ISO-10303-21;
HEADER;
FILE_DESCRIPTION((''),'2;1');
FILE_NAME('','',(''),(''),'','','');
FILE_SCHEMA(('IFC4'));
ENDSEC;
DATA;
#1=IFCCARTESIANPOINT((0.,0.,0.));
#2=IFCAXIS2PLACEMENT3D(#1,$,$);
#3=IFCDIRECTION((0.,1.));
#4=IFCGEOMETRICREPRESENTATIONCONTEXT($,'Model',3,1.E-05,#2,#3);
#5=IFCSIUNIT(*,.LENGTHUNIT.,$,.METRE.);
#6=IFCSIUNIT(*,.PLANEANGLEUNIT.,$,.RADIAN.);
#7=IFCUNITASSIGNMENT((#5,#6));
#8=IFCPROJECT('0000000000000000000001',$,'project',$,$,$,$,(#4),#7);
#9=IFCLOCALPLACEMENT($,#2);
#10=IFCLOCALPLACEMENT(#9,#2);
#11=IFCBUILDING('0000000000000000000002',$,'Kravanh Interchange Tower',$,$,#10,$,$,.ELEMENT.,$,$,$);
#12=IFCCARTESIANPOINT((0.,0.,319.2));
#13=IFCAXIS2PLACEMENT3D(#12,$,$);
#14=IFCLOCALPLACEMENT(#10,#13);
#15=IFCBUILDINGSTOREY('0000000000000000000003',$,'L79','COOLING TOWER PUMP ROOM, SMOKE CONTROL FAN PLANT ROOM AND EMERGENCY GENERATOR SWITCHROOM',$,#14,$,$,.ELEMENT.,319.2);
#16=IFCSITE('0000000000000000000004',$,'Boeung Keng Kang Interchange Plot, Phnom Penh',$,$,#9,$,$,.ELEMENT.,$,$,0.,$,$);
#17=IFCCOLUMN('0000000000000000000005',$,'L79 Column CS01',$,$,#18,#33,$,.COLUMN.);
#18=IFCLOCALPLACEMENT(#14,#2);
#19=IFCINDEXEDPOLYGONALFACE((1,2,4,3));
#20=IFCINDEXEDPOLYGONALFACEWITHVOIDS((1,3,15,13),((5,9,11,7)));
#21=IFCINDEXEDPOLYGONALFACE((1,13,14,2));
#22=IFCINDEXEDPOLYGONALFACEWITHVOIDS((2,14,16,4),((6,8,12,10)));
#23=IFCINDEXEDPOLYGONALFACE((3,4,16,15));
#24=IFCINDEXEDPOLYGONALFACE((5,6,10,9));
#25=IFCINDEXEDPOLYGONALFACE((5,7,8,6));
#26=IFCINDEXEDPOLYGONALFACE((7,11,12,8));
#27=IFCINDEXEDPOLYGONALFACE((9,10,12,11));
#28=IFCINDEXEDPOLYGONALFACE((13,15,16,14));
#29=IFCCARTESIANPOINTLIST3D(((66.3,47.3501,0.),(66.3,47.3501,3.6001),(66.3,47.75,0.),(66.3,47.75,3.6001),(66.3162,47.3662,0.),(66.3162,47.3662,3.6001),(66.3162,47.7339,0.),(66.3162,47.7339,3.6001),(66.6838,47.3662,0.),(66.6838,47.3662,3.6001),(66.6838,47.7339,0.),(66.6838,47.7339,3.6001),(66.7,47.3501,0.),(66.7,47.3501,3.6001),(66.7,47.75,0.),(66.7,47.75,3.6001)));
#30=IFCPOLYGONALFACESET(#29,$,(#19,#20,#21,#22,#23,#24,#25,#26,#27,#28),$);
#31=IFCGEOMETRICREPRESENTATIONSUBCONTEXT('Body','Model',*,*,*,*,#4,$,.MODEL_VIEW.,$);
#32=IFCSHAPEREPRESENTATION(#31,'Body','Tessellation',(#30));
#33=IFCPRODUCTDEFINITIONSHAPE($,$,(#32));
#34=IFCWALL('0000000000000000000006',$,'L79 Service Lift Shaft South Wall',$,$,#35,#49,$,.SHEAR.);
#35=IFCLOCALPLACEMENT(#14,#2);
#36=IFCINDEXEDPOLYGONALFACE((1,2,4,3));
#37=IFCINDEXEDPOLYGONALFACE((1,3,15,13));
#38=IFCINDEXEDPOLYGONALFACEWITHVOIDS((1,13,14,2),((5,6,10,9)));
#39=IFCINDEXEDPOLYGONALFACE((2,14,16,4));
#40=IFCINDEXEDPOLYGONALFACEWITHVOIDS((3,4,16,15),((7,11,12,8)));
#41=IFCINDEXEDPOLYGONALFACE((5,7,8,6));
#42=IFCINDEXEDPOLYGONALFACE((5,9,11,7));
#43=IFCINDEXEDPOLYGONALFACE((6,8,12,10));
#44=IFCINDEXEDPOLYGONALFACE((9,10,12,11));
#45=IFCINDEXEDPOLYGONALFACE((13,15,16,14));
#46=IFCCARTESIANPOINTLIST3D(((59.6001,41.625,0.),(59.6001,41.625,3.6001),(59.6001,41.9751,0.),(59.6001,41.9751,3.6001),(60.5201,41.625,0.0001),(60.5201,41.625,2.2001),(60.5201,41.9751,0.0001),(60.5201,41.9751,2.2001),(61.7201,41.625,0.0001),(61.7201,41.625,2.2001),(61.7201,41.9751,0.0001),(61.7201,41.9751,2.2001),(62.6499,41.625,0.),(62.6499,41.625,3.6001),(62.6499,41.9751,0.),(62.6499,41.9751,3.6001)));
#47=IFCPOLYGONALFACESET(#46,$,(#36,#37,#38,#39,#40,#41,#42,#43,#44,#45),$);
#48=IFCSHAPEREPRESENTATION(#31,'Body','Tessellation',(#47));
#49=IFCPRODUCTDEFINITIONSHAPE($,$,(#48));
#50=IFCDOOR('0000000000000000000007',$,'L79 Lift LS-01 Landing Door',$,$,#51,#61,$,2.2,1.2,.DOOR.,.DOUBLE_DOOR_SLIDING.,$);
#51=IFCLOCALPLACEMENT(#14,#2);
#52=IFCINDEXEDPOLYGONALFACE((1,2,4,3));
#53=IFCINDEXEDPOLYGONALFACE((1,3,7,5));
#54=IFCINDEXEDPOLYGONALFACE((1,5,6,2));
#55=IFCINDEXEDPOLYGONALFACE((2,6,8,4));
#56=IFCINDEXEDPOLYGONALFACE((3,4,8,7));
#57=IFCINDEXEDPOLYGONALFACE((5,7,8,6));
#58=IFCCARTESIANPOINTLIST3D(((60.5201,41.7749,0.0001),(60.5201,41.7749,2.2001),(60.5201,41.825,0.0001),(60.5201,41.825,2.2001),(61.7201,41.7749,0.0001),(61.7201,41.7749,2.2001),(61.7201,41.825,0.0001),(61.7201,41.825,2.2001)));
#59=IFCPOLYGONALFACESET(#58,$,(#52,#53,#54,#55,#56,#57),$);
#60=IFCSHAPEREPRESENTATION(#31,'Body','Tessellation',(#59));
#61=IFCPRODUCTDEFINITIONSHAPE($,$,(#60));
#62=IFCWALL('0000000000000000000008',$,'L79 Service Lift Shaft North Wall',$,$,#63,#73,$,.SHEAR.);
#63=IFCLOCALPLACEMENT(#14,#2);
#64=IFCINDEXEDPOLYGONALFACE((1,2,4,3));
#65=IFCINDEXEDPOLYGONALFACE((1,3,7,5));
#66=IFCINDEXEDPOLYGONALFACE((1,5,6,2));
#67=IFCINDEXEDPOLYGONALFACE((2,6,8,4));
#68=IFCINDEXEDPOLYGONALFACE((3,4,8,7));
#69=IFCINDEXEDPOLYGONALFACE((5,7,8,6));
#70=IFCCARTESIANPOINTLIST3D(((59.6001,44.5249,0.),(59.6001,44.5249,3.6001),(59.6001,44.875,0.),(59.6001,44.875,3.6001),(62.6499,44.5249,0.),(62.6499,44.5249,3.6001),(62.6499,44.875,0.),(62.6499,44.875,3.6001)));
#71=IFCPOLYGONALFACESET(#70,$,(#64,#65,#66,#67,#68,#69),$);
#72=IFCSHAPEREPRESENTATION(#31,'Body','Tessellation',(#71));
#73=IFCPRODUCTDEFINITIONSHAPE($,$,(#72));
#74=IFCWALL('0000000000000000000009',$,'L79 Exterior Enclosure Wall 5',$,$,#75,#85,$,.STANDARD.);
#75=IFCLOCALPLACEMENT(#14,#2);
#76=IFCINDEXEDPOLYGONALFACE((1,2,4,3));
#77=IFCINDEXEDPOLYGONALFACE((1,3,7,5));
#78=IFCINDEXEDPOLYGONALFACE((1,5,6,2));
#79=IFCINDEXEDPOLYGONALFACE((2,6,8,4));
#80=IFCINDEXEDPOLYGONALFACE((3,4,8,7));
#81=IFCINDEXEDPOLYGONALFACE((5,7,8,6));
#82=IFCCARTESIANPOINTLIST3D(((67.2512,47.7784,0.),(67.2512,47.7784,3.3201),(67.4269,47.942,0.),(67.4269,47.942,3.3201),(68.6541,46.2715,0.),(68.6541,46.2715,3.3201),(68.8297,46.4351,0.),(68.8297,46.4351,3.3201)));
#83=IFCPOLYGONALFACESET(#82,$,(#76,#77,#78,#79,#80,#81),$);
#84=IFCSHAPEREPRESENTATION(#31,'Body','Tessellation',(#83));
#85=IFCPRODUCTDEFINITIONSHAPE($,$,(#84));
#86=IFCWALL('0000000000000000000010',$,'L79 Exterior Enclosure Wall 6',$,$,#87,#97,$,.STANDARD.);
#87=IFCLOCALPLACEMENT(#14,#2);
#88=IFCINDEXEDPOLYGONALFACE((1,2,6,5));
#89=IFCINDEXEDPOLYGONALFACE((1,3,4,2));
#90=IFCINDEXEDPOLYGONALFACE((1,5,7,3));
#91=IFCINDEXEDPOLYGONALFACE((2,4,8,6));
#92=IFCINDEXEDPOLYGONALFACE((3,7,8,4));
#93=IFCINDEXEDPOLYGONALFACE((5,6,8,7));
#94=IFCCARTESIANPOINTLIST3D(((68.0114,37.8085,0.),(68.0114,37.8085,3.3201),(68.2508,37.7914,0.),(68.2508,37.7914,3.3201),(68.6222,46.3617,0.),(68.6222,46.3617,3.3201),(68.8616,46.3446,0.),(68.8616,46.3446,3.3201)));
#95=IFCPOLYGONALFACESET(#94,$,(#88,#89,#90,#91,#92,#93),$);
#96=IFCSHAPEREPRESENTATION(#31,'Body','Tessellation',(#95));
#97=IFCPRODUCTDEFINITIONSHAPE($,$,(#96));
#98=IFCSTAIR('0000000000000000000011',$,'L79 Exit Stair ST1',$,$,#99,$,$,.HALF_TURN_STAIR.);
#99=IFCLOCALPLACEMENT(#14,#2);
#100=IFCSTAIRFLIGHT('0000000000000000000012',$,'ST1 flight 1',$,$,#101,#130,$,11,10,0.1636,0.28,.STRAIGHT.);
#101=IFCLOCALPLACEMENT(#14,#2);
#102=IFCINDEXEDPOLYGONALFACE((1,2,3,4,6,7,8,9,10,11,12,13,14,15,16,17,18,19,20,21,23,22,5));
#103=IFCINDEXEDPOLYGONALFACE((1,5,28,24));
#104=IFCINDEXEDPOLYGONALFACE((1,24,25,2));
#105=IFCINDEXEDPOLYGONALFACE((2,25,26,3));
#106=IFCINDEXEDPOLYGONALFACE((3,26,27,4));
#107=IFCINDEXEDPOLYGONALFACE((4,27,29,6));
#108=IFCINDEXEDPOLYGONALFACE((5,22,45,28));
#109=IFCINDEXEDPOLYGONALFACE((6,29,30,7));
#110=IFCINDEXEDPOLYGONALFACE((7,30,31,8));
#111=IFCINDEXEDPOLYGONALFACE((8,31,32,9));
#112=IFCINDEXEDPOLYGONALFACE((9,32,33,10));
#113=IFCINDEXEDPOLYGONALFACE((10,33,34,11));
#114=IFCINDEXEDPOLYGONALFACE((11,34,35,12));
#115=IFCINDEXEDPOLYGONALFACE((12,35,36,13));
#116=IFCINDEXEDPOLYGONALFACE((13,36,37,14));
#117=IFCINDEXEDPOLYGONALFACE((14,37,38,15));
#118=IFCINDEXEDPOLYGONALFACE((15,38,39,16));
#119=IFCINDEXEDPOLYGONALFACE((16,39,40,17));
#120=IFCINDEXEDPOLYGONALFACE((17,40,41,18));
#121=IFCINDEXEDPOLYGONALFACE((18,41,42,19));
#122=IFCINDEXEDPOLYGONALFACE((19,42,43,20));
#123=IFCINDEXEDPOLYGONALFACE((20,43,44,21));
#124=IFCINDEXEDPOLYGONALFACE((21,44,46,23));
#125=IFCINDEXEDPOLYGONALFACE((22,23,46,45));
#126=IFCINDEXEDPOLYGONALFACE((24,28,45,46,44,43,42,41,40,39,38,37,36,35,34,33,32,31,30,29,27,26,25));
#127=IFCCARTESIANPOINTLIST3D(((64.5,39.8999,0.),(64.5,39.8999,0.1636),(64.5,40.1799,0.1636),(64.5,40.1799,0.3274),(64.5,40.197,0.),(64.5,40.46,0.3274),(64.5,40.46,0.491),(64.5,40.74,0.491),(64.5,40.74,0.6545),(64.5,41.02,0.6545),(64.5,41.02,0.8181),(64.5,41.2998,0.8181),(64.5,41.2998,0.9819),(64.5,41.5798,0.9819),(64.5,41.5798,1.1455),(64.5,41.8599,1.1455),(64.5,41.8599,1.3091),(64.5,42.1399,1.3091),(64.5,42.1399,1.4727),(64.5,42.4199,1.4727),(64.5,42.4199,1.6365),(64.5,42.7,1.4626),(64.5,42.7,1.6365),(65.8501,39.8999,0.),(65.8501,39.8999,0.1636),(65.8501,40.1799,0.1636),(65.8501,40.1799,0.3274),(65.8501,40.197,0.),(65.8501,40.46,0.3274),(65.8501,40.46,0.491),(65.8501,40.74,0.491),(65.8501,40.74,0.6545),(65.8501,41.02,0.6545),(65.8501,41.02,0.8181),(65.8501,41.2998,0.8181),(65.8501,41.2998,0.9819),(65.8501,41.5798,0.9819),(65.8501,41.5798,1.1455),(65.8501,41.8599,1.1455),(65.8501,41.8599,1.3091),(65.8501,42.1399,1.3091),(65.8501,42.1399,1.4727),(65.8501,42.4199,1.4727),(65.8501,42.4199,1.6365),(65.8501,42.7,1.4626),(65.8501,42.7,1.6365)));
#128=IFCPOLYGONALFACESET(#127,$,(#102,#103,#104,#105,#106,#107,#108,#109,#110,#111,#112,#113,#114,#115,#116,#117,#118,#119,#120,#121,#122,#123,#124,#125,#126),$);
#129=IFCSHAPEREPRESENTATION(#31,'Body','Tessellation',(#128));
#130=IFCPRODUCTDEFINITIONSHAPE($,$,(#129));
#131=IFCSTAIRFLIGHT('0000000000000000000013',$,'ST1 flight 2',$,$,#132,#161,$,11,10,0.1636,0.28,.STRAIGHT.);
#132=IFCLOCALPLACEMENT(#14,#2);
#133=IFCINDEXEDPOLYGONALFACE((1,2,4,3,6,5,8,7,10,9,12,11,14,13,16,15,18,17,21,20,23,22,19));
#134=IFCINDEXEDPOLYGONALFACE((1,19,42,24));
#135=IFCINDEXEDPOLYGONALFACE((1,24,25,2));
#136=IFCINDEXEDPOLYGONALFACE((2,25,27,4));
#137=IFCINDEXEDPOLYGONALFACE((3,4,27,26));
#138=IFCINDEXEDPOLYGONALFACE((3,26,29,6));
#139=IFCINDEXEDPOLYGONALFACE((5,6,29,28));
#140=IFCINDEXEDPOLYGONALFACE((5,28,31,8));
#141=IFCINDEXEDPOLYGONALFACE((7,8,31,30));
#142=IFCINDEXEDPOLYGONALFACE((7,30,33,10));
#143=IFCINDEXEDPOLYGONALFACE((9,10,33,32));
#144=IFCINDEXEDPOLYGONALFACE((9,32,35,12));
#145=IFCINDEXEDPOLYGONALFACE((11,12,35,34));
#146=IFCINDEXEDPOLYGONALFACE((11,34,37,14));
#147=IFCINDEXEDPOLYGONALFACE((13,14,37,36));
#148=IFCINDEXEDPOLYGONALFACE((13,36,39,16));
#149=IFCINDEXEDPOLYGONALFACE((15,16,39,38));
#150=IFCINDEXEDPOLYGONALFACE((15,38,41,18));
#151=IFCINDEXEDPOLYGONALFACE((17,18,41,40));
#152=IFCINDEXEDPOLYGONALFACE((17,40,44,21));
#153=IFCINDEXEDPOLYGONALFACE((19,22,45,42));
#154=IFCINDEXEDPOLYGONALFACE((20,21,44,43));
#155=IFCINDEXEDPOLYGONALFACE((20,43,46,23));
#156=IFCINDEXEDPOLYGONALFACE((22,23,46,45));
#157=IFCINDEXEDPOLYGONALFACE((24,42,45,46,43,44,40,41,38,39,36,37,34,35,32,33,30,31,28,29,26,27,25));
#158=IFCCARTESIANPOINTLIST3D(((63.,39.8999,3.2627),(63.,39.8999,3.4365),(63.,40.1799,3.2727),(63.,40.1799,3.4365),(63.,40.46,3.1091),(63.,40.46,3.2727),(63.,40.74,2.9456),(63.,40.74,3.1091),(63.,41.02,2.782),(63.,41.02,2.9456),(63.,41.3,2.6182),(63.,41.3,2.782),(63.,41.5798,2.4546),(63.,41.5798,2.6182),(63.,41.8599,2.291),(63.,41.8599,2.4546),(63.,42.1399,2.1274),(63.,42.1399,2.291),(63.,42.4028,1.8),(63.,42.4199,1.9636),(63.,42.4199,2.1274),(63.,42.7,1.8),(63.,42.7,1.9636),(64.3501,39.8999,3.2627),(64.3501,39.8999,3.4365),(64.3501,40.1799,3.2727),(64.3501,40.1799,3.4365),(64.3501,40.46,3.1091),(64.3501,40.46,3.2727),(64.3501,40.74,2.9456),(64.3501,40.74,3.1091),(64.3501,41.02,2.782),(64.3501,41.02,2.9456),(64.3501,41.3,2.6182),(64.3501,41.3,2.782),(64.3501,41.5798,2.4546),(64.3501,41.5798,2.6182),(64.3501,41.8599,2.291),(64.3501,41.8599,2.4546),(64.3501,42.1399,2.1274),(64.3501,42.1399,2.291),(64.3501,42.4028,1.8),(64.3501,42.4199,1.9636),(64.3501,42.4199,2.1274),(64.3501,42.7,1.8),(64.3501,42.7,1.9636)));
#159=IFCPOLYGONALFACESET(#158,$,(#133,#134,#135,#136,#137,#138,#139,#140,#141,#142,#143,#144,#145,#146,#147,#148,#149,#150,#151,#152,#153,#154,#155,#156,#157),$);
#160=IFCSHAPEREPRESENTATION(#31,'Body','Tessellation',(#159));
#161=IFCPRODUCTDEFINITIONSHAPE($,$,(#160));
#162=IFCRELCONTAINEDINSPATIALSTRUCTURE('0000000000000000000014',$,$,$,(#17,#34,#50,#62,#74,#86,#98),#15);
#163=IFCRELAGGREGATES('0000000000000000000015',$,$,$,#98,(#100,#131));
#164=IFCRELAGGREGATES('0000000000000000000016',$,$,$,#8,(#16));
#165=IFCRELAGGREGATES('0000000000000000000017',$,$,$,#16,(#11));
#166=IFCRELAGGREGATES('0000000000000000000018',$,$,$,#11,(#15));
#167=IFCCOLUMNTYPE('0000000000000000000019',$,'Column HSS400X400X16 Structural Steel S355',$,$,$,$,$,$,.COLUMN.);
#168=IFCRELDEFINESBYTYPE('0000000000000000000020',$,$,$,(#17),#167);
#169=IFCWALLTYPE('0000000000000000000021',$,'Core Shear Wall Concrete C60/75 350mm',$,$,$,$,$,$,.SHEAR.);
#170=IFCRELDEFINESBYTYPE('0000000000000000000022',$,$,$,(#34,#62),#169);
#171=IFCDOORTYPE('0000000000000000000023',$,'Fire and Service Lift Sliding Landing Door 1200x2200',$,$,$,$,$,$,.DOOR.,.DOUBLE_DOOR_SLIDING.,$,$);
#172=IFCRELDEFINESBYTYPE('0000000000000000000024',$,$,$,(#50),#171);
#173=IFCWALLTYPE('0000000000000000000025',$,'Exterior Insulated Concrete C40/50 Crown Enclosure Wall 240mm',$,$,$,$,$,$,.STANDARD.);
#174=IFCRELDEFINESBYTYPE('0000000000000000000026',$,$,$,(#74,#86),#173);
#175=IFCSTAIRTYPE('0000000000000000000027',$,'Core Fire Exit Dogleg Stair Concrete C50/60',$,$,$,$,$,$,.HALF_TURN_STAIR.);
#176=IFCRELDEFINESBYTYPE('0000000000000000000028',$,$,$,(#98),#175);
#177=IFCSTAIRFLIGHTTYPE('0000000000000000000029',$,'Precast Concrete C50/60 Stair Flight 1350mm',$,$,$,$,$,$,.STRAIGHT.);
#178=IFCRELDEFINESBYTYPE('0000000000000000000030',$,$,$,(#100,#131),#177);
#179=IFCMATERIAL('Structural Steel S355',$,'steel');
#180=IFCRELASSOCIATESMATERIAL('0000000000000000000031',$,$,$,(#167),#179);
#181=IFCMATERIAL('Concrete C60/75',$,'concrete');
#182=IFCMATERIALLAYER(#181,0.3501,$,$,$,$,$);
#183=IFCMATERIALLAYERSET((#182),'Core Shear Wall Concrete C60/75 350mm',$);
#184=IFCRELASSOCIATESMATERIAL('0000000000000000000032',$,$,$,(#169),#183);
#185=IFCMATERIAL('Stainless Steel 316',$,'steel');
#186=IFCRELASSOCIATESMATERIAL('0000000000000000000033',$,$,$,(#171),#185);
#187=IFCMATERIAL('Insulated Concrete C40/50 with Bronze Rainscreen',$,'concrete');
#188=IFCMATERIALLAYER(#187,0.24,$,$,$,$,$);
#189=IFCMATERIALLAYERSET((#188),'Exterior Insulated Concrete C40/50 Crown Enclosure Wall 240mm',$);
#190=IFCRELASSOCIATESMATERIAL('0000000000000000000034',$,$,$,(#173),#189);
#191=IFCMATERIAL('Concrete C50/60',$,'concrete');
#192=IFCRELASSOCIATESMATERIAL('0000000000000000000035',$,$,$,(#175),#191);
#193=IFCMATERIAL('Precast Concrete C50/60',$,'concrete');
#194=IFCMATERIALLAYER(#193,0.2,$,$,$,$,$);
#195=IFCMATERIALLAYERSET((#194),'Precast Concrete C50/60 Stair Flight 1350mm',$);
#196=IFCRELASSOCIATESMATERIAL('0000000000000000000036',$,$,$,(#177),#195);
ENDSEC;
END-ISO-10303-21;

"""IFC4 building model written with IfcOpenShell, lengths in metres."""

from ifc_helpers import new_model, si_unit, direction, frame, frame_2d, origin, origin_2d, place, context, subcontext, project, spatial, polyline, rectangle, hollow_rectangle, outline, extrude, material, layer, layer_set, material_profile, profile_set, type_object, element, fill, aggregate, save


model = new_model("IFC4")

# Units and contexts
model_context = context("Model", 3, precision=1e-05, world=origin(), true_north=direction((0.0, 1.0)))
body_context = subcontext(model_context, "Body", "Model", "MODEL_VIEW")
ifc_project = project(units=[si_unit("LENGTHUNIT", "METRE"), si_unit("PLANEANGLEUNIT", "RADIAN")], contexts=[model_context])

# Site, building, storey
site_placement = place(None, origin())
site = spatial("IfcSite", under=ifc_project, at=site_placement, Name="Boeung Keng Kang Interchange Plot, Phnom Penh", CompositionType="ELEMENT", RefElevation=0.0)
building_placement = place(site_placement, origin())
building = spatial("IfcBuilding", under=site, at=building_placement, Name="Kravanh Interchange Tower", CompositionType="ELEMENT")
storey_placement = place(building_placement, frame((0.0, 0.0, 319.2)))
storey = spatial("IfcBuildingStorey", under=building, at=storey_placement, Name="L79", Description="COOLING TOWER PUMP ROOM, SMOKE CONTROL FAN PLANT ROOM AND EMERGENCY GENERATOR SWITCHROOM", CompositionType="ELEMENT", Elevation=319.2)

# Column
ifc_material_1 = material(Name="Structural Steel S355", Category="steel")
ifc_material_profile = material_profile(ifc_material_1, hollow_rectangle(XDim=0.3999, YDim=0.3999, WallThickness=0.0161, at=origin_2d()), Name="HSS400X400X16")
ifc_profile_set = profile_set([ifc_material_profile], Name="Structural Steel S355")
column_type = type_object("IfcColumnType", Name="Column HSS400X400X16 Structural Steel S355", PredefinedType="COLUMN", material=ifc_profile_set)
column_placement = place(storey_placement, frame((66.5, 47.55, 0.0), z_axis=(0.0, 0.0, 1.0), x_axis=(1.0, 0.0, 0.0)))
element("IfcColumn", 1, at=column_placement, inside=storey, type_object=column_type, Name="L79 Column CS01", PredefinedType="COLUMN", context=body_context, shape_type="SweptSolid", body=[
    extrude(hollow_rectangle(XDim=0.3999, YDim=0.3999, WallThickness=0.0161, at=origin_2d()), origin(), (0.0, 0.0, 1.0), 3.6001),
])

# Wall, opening, door
ifc_material_2 = material(Name="Concrete C60/75", Category="concrete")
ifc_layer_1 = layer(ifc_material_2, 0.3501)
ifc_layer_set_1 = layer_set([ifc_layer_1], Name="Core Shear Wall Concrete C60/75 350mm")
wall_type_1 = type_object("IfcWallType", Name="Core Shear Wall Concrete C60/75 350mm", PredefinedType="SHEAR", material=ifc_layer_set_1)
wall_1_placement = place(storey_placement, frame((59.6001, 41.8, 0.0), z_axis=(0.0, 0.0, 1.0), x_axis=(1.0, 0.0, 0.0)))
wall_1 = element("IfcWall", 2, at=wall_1_placement, inside=storey, type_object=wall_type_1, Name="L79 Service Lift Shaft South Wall", PredefinedType="SHEAR", context=body_context, shape_type="SweptSolid", body=[
    extrude(rectangle(XDim=3.0498, YDim=0.3501, at=frame_2d((1.5249, 0.0))), origin(), (0.0, 0.0, 1.0), 3.6001),
])
opening_placement = place(wall_1_placement, frame((0.9199, 0.0, 0.0)))
opening = element("IfcOpeningElement", 3, at=opening_placement, cuts=wall_1, PredefinedType="OPENING", context=body_context, shape_type="SweptSolid", body=[
    extrude(rectangle(XDim=1.2, YDim=2.2, at=frame_2d((0.6001, 1.1001))), frame((0.0, 0.1851, 0.0), z_axis=(0.0, -1.0, 0.0), x_axis=(1.0, 0.0, 0.0)), (0.0, 0.0, 1.0), 0.3701),
])
ifc_material_3 = material(Name="Stainless Steel 316", Category="steel")
door_type = type_object("IfcDoorType", Name="Fire and Service Lift Sliding Landing Door 1200x2200", OperationType="DOUBLE_DOOR_SLIDING", PredefinedType="DOOR", material=ifc_material_3)
door_placement = place(opening_placement, origin())
door = element("IfcDoor", 4, at=door_placement, inside=storey, type_object=door_type, Name="L79 Lift LS-01 Landing Door", OperationType="DOUBLE_DOOR_SLIDING", OverallHeight=2.2, OverallWidth=1.2, PredefinedType="DOOR", context=body_context, shape_type="SweptSolid", body=[
    extrude(rectangle(XDim=1.2, YDim=2.2, at=frame_2d((0.6001, 1.1001))), frame((0.0, 0.0249, 0.0), z_axis=(0.0, -1.0, 0.0), x_axis=(1.0, 0.0, 0.0)), (0.0, 0.0, 1.0), 0.05),
])
fill(opening, door)

# Walls
wall_2_placement = place(storey_placement, frame((59.6001, 44.7, 0.0), z_axis=(0.0, 0.0, 1.0), x_axis=(1.0, 0.0, 0.0)))
element("IfcWall", 5, at=wall_2_placement, inside=storey, type_object=wall_type_1, Name="L79 Service Lift Shaft North Wall", PredefinedType="SHEAR", context=body_context, shape_type="SweptSolid", body=[
    extrude(rectangle(XDim=3.0498, YDim=0.3501, at=frame_2d((1.5249, 0.0))), origin(), (0.0, 0.0, 1.0), 3.6001),
])
ifc_material_4 = material(Name="Insulated Concrete C40/50 with Bronze Rainscreen", Category="concrete")
ifc_layer_2 = layer(ifc_material_4, 0.24)
ifc_layer_set_2 = layer_set([ifc_layer_2], Name="Exterior Insulated Concrete C40/50 Crown Enclosure Wall 240mm")
wall_type_2 = type_object("IfcWallType", Name="Exterior Insulated Concrete C40/50 Crown Enclosure Wall 240mm", PredefinedType="STANDARD", material=ifc_layer_set_2)
wall_3_placement = place(storey_placement, frame((67.3391, 47.8601, 0.0), z_axis=(0.0, 0.0, 1.0), x_axis=(0.681397, -0.731914, 0.0)))
element("IfcWall", 6, at=wall_3_placement, inside=storey, type_object=wall_type_2, Name="L79 Exterior Enclosure Wall 5", PredefinedType="STANDARD", context=body_context, shape_type="SweptSolid", body=[
    extrude(rectangle(XDim=2.0588, YDim=0.24, at=frame_2d((1.0293, 0.0))), origin(), (0.0, 0.0, 1.0), 3.3201),
])
wall_4_placement = place(storey_placement, frame((68.7419, 46.3533, 0.0), z_axis=(0.0, 0.0, 1.0), x_axis=(-0.071235, -0.99746, 0.0)))
element("IfcWall", 7, at=wall_4_placement, inside=storey, type_object=wall_type_2, Name="L79 Exterior Enclosure Wall 6", PredefinedType="STANDARD", context=body_context, shape_type="SweptSolid", body=[
    extrude(rectangle(XDim=8.575, YDim=0.24, at=frame_2d((4.2876, 0.0))), origin(), (0.0, 0.0, 1.0), 3.3201),
])

# Stair, stair flights
ifc_material_5 = material(Name="Concrete C50/60", Category="concrete")
stair_type = type_object("IfcStairType", Name="Core Fire Exit Dogleg Stair Concrete C50/60", PredefinedType="HALF_TURN_STAIR", material=ifc_material_5)
stair_1_placement = place(storey_placement, origin())
stair_1 = element("IfcStair", 8, at=stair_1_placement, inside=storey, type_object=stair_type, Name="L79 Exit Stair ST1", PredefinedType="HALF_TURN_STAIR")
ifc_material_6 = material(Name="Precast Concrete C50/60", Category="concrete")
ifc_layer_3 = layer(ifc_material_6, 0.2)
ifc_layer_set_3 = layer_set([ifc_layer_3], Name="Precast Concrete C50/60 Stair Flight 1350mm")
stair_flight_type = type_object("IfcStairFlightType", Name="Precast Concrete C50/60 Stair Flight 1350mm", PredefinedType="STRAIGHT", material=ifc_layer_set_3)
stair_flight_1_placement = place(storey_placement, frame((65.175, 39.8999, 0.0), z_axis=(0.0, 0.0, 1.0), x_axis=(0.0, 1.0, 0.0)))
stair_flight_1 = element("IfcStairFlight", 9, at=stair_flight_1_placement, type_object=stair_flight_type, Name="ST1 flight 1", NumberOfRisers=11, NumberOfTreads=10, PredefinedType="STRAIGHT", RiserHeight=0.1636, TreadLength=0.28, context=body_context, shape_type="SweptSolid", body=[
    extrude(outline(polyline([(0.0, 0.0), (0.0, 0.1636), (0.28, 0.1636), (0.28, 0.3274), (0.5601, 0.3274), (0.5601, 0.491), (0.8401, 0.491), (0.8401, 0.6545), (1.1201, 0.6545), (1.1201, 0.8181), (1.3999, 0.8181), (1.3999, 0.9819), (1.6799, 0.9819), (1.6799, 1.1455), (1.96, 1.1455), (1.96, 1.3091), (2.24, 1.3091), (2.24, 1.4727), (2.52, 1.4727), (2.52, 1.6365), (2.8, 1.6365), (2.8, 1.8), (2.8, 1.4626), (0.2971, 0.0), (0.0, 0.0)])), frame((0.0, 0.675, 0.0), z_axis=(0.0, -1.0, 0.0), x_axis=(1.0, 0.0, 0.0)), (0.0, 0.0, 1.0), 1.3501),
])
stair_flight_2_placement = place(storey_placement, frame((63.675, 42.7, 1.8), z_axis=(0.0, 0.0, 1.0), x_axis=(0.0, -1.0, 0.0)))
stair_flight_2 = element("IfcStairFlight", 10, at=stair_flight_2_placement, type_object=stair_flight_type, Name="ST1 flight 2", NumberOfRisers=11, NumberOfTreads=10, PredefinedType="STRAIGHT", RiserHeight=0.1636, TreadLength=0.28, context=body_context, shape_type="SweptSolid", body=[
    extrude(outline(polyline([(0.0, 0.0), (0.0, 0.1636), (0.28, 0.1636), (0.28, 0.3274), (0.5601, 0.3274), (0.5601, 0.491), (0.8401, 0.491), (0.8401, 0.6545), (1.1201, 0.6545), (1.1201, 0.8181), (1.3999, 0.8181), (1.3999, 0.9819), (1.6799, 0.9819), (1.6799, 1.1455), (1.96, 1.1455), (1.96, 1.3091), (2.24, 1.3091), (2.24, 1.4727), (2.52, 1.4727), (2.52, 1.6365), (2.8, 1.6365), (2.8, 1.8), (2.8, 1.4626), (0.2971, 0.0), (0.0, 0.0)])), frame((0.0, 0.675, 0.0), z_axis=(0.0, -1.0, 0.0), x_axis=(1.0, 0.0, 0.0)), (0.0, 0.0, 1.0), 1.3501),
])
aggregate(stair_1, [stair_flight_1, stair_flight_2])

save(model, "model.ifc")
